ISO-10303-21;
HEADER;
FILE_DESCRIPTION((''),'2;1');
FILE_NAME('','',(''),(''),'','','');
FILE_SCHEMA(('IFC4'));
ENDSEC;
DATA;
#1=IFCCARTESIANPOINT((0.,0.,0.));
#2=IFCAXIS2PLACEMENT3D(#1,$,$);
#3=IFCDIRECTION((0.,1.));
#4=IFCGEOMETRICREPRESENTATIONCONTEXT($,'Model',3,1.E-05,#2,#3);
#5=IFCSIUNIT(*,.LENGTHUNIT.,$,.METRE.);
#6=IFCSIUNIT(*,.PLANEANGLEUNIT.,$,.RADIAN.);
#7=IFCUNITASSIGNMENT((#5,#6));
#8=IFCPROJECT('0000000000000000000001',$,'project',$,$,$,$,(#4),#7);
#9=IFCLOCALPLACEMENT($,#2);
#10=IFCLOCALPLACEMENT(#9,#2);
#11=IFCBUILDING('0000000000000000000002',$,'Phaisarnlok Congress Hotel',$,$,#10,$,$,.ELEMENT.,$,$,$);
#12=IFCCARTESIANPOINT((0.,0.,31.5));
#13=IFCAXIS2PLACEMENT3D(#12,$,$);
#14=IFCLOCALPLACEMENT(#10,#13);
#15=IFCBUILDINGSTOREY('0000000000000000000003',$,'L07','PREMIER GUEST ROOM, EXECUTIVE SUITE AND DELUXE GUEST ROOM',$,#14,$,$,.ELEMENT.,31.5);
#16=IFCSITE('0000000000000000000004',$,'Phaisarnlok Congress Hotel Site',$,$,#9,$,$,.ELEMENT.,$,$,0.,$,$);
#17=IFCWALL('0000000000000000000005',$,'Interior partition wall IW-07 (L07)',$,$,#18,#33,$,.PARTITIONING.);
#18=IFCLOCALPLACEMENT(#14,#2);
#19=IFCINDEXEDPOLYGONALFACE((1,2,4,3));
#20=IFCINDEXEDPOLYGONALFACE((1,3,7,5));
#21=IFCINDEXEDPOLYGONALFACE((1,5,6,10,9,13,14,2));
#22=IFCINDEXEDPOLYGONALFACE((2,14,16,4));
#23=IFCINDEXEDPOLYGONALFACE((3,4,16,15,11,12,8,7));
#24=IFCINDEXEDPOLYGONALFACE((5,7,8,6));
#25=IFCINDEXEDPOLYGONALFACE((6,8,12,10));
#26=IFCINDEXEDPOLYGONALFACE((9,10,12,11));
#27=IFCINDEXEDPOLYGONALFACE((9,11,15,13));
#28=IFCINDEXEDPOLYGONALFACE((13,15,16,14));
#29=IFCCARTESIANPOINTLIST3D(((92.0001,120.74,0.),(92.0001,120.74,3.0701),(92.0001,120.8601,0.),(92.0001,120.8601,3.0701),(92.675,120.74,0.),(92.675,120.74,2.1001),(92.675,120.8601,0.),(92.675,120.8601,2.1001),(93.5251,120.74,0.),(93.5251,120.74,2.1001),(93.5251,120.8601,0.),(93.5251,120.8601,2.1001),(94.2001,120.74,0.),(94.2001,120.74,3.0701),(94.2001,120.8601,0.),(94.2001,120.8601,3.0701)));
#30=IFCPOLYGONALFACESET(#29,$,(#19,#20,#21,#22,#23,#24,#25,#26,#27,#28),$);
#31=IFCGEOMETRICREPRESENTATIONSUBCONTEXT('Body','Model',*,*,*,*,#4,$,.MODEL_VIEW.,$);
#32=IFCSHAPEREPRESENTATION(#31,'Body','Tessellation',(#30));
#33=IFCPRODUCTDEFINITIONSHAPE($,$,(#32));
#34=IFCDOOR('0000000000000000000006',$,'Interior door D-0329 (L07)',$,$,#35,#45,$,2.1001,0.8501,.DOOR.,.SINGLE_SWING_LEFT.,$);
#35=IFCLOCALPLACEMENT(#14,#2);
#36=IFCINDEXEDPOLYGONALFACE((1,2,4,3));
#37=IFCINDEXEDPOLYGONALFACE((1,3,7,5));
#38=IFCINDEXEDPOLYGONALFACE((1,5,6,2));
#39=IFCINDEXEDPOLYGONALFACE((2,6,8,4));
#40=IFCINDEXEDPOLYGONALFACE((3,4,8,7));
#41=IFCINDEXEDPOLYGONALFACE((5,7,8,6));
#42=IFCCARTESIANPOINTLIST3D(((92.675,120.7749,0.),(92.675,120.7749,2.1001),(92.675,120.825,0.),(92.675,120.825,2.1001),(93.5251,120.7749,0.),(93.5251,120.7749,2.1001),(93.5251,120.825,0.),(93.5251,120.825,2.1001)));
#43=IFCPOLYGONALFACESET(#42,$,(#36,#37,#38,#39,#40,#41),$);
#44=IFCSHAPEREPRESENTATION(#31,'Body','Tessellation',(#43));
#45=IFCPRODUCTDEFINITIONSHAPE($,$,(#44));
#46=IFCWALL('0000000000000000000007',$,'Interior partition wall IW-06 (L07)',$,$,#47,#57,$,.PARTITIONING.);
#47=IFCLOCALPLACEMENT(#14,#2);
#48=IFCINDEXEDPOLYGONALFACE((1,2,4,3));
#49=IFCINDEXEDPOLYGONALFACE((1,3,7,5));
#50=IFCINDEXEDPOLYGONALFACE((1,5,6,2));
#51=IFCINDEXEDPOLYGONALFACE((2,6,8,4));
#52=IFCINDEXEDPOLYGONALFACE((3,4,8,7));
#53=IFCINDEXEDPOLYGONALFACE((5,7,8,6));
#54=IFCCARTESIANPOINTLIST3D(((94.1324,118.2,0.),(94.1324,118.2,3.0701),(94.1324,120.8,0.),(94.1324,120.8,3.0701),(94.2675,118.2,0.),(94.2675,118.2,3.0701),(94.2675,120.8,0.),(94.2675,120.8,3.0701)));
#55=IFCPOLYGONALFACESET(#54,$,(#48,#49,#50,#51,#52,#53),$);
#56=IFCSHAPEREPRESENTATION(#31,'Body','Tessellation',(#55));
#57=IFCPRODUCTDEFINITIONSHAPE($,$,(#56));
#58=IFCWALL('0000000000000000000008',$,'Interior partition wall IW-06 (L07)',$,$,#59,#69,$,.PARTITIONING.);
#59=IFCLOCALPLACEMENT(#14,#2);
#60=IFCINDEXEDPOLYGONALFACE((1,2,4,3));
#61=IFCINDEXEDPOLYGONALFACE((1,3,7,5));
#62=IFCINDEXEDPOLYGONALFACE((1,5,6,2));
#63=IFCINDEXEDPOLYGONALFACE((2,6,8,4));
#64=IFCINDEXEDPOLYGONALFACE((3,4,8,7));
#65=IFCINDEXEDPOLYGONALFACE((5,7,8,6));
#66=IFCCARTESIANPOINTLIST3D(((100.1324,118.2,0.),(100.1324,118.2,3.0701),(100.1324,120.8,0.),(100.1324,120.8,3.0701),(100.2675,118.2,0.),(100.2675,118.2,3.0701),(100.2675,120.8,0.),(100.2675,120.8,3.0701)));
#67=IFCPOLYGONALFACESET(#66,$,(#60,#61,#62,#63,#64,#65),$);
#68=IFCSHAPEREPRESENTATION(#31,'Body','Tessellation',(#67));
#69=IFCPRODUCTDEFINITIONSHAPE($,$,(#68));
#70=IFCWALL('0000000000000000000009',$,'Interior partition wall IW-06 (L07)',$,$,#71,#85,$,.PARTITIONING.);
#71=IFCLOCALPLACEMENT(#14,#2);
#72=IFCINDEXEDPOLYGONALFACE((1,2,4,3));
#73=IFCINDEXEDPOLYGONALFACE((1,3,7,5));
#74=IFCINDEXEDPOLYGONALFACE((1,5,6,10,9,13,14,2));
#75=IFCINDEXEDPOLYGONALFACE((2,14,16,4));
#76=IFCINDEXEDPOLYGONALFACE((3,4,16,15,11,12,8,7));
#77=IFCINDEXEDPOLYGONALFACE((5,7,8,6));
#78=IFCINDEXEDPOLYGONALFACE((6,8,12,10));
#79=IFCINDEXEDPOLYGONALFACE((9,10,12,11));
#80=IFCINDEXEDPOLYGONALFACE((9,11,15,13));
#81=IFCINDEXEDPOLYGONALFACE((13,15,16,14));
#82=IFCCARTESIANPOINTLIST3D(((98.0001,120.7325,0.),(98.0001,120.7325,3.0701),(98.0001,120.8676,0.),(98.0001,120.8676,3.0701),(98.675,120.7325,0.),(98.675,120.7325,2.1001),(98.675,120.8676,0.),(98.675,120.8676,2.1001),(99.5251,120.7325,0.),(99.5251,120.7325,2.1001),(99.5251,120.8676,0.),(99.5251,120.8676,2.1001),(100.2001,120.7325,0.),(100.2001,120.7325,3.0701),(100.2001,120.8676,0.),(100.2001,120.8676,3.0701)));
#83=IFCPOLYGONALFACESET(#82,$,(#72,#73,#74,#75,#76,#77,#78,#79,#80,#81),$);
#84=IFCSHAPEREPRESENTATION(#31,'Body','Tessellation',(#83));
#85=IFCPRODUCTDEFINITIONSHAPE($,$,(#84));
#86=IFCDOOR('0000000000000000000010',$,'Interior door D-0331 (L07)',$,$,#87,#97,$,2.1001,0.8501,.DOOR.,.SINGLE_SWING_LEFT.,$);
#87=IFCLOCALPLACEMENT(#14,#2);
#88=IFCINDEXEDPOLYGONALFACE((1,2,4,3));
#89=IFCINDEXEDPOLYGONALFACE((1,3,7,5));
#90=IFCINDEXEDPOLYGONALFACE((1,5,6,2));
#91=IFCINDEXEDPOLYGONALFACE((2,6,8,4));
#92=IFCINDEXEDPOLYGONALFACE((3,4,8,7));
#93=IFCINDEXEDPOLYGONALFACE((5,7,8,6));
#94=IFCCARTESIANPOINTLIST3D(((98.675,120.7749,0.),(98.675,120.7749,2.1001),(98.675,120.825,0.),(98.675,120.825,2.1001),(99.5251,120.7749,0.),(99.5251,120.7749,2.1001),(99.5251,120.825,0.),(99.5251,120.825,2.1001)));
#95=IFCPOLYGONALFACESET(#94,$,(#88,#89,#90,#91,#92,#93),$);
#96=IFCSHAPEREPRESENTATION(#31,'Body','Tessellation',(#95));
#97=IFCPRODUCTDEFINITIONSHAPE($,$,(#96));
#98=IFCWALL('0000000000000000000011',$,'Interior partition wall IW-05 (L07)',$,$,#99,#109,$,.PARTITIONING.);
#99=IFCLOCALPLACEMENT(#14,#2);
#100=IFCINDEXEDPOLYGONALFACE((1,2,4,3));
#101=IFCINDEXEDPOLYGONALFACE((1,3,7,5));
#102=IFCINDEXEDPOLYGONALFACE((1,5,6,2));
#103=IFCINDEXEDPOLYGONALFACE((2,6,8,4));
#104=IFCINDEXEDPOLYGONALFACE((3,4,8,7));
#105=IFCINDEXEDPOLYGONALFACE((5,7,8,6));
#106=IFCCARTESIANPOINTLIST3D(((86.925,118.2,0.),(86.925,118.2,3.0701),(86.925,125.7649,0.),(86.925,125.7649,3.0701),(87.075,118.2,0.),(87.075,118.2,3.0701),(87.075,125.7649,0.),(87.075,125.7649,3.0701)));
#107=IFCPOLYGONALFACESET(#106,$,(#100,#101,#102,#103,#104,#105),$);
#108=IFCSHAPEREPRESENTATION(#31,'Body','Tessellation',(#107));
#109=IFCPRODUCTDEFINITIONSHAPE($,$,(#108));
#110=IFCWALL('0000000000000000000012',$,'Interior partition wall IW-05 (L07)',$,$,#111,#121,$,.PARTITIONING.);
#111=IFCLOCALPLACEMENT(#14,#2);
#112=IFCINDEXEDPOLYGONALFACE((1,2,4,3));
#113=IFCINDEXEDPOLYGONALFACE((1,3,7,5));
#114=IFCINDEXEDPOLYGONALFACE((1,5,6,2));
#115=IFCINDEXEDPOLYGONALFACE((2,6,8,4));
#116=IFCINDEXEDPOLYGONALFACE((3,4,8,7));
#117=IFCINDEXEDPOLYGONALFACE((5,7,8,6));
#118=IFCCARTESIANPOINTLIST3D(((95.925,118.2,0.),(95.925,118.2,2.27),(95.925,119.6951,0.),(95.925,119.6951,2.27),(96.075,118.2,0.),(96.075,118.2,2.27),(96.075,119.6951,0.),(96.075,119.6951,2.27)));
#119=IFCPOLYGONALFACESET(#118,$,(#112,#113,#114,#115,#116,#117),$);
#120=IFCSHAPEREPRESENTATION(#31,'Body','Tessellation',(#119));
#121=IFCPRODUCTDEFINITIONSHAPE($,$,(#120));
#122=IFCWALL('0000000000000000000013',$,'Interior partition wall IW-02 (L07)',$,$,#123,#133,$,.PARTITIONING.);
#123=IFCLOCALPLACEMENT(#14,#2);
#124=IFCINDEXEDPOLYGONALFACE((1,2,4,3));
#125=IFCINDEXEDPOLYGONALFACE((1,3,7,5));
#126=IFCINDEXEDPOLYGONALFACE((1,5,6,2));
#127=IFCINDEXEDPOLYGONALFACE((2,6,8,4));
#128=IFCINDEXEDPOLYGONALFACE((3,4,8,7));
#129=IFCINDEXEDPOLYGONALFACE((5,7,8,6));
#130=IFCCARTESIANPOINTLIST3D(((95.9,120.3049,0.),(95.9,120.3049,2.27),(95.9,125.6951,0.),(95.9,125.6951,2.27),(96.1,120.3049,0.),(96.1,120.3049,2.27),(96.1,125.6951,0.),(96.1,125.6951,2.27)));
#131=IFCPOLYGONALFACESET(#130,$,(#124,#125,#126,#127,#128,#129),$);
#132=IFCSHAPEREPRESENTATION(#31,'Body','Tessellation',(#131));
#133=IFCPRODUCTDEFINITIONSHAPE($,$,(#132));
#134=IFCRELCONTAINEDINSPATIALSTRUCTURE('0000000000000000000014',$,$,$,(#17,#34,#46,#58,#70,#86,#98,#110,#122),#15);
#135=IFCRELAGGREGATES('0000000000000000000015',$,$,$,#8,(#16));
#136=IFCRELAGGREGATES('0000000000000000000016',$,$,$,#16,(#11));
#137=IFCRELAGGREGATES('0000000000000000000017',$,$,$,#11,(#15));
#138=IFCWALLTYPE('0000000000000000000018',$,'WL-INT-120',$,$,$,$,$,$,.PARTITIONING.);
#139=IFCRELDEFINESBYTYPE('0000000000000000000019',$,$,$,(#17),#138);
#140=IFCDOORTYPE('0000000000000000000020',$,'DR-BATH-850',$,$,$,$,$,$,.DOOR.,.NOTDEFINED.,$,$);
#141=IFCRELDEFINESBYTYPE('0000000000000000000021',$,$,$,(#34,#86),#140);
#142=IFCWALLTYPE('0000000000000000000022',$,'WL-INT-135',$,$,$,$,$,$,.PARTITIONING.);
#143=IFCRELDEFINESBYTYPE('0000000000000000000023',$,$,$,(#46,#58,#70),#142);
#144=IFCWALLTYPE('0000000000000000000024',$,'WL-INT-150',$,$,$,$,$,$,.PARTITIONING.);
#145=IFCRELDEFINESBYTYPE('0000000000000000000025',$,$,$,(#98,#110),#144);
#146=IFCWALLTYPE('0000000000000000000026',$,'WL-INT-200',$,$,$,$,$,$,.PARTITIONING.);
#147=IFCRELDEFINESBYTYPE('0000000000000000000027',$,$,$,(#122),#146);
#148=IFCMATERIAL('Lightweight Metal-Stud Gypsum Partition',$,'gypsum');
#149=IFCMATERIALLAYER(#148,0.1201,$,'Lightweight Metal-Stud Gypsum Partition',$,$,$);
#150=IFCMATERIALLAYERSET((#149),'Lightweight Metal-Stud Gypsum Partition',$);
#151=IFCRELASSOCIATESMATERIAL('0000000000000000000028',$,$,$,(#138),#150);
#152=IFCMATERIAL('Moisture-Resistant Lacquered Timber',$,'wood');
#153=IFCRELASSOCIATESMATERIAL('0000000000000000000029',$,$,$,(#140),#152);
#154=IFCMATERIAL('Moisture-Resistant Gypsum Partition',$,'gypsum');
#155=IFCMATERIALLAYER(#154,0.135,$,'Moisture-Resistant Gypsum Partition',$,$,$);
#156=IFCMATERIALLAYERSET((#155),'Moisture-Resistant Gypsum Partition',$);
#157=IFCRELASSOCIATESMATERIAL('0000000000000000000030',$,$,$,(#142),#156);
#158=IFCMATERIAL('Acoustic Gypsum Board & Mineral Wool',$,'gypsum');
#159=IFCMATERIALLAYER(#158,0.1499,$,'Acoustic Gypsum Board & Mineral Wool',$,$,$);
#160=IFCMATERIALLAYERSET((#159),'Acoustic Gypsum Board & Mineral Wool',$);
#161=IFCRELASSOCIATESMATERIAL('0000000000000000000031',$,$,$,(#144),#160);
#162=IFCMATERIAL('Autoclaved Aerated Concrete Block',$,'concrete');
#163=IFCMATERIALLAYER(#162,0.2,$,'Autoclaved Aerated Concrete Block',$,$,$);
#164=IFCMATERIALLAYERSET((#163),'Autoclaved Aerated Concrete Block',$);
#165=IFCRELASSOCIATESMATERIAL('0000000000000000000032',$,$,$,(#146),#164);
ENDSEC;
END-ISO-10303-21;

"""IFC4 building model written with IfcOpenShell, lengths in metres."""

from ifc_helpers import new_model, si_unit, direction, frame, frame_2d, origin, place, context, subcontext, project, spatial, rectangle, extrude, material, layer, layer_set, type_object, element, fill, save


model = new_model("IFC4")

# Units and contexts
model_context = context("Model", 3, precision=1e-05, world=origin(), true_north=direction((0.0, 1.0)))
body_context = subcontext(model_context, "Body", "Model", "MODEL_VIEW")
ifc_project = project(units=[si_unit("LENGTHUNIT", "METRE"), si_unit("PLANEANGLEUNIT", "RADIAN")], contexts=[model_context])

# Site, building, storey
site_placement = place(None, origin())
site = spatial("IfcSite", under=ifc_project, at=site_placement, Name="Phaisarnlok Congress Hotel Site", CompositionType="ELEMENT", RefElevation=0.0)
building_placement = place(site_placement, origin())
building = spatial("IfcBuilding", under=site, at=building_placement, Name="Phaisarnlok Congress Hotel", CompositionType="ELEMENT")
storey_placement = place(building_placement, frame((0.0, 0.0, 31.5)))
storey = spatial("IfcBuildingStorey", under=building, at=storey_placement, Name="L07", Description="PREMIER GUEST ROOM, EXECUTIVE SUITE AND DELUXE GUEST ROOM", CompositionType="ELEMENT", Elevation=31.5)

# Shared definitions
ifc_material_1 = material(Name="Lightweight Metal-Stud Gypsum Partition", Category="gypsum")
ifc_layer_1 = layer(ifc_material_1, 0.1201, Name="Lightweight Metal-Stud Gypsum Partition")
ifc_layer_set_1 = layer_set([ifc_layer_1], Name="Lightweight Metal-Stud Gypsum Partition")
wall_type_1 = type_object("IfcWallType", Name="WL-INT-120", PredefinedType="PARTITIONING", material=ifc_layer_set_1)

# Wall, opening, door
wall_1_placement = place(storey_placement, frame((92.0, 120.8, 0.0), z_axis=(0.0, 0.0, 1.0), x_axis=(1.0, 0.0, 0.0)))
wall_1 = element("IfcWall", 1, at=wall_1_placement, inside=storey, type_object=wall_type_1, Name="Interior partition wall IW-07 (L07)", PredefinedType="PARTITIONING", context=body_context, shape_type="SweptSolid", body=[
    extrude(rectangle(XDim=2.2, YDim=0.1201, at=frame_2d((1.1001, 0.0))), origin(), (0.0, 0.0, 1.0), 3.0701),
])
opening_1_placement = place(wall_1_placement, frame((0.675, 0.0, 0.0)))
opening_1 = element("IfcOpeningElement", 2, at=opening_1_placement, cuts=wall_1, PredefinedType="OPENING", context=body_context, shape_type="SweptSolid", body=[
    extrude(rectangle(XDim=0.8501, YDim=2.1001, at=frame_2d((0.425, 1.05))), frame((0.0, 0.0701, 0.0), z_axis=(0.0, -1.0, 0.0), x_axis=(1.0, 0.0, 0.0)), (0.0, 0.0, 1.0), 0.1401),
])
ifc_material_2 = material(Name="Moisture-Resistant Lacquered Timber", Category="wood")
door_type = type_object("IfcDoorType", Name="DR-BATH-850", OperationType="NOTDEFINED", PredefinedType="DOOR", material=ifc_material_2)
door_1_placement = place(opening_1_placement, origin())
door_1 = element("IfcDoor", 3, at=door_1_placement, inside=storey, type_object=door_type, Name="Interior door D-0329 (L07)", OperationType="SINGLE_SWING_LEFT", OverallHeight=2.1001, OverallWidth=0.8501, PredefinedType="DOOR", context=body_context, shape_type="SweptSolid", body=[
    extrude(rectangle(XDim=0.8501, YDim=2.1001, at=frame_2d((0.425, 1.05))), frame((0.0, 0.0249, 0.0), z_axis=(0.0, -1.0, 0.0), x_axis=(1.0, 0.0, 0.0)), (0.0, 0.0, 1.0), 0.05),
])
fill(opening_1, door_1)

# Walls
ifc_material_3 = material(Name="Moisture-Resistant Gypsum Partition", Category="gypsum")
ifc_layer_2 = layer(ifc_material_3, 0.135, Name="Moisture-Resistant Gypsum Partition")
ifc_layer_set_2 = layer_set([ifc_layer_2], Name="Moisture-Resistant Gypsum Partition")
wall_type_2 = type_object("IfcWallType", Name="WL-INT-135", PredefinedType="PARTITIONING", material=ifc_layer_set_2)
for number, where, z_axis, x_axis, name in (
    (4, (94.2, 118.2, 0.0), (0.0, 0.0, 1.0), (0.0, 1.0, 0.0), "Interior partition wall IW-06 (L07)"),
    (5, (100.2, 118.2, 0.0), (0.0, 0.0, 1.0), (0.0, 1.0, 0.0), "Interior partition wall IW-06 (L07)"),
):
    element("IfcWall", number, at=place(storey_placement, frame(where, z_axis=z_axis, x_axis=x_axis)), inside=storey, type_object=wall_type_2, Name=name, PredefinedType="PARTITIONING", context=body_context, shape_type="SweptSolid", body=[
        extrude(rectangle(XDim=2.6001, YDim=0.135, at=frame_2d((1.3, 0.0))), origin(), (0.0, 0.0, 1.0), 3.0701),
    ])

# Wall, opening, door
wall_2_placement = place(storey_placement, frame((98.0, 120.8, 0.0), z_axis=(0.0, 0.0, 1.0), x_axis=(1.0, 0.0, 0.0)))
wall_2 = element("IfcWall", 6, at=wall_2_placement, inside=storey, type_object=wall_type_2, Name="Interior partition wall IW-06 (L07)", PredefinedType="PARTITIONING", context=body_context, shape_type="SweptSolid", body=[
    extrude(rectangle(XDim=2.2, YDim=0.135, at=frame_2d((1.1001, 0.0))), origin(), (0.0, 0.0, 1.0), 3.0701),
])
opening_2_placement = place(wall_2_placement, frame((0.675, 0.0, 0.0)))
opening_2 = element("IfcOpeningElement", 7, at=opening_2_placement, cuts=wall_2, PredefinedType="OPENING", context=body_context, shape_type="SweptSolid", body=[
    extrude(rectangle(XDim=0.8501, YDim=2.1001, at=frame_2d((0.425, 1.05))), frame((0.0, 0.0776, 0.0), z_axis=(0.0, -1.0, 0.0), x_axis=(1.0, 0.0, 0.0)), (0.0, 0.0, 1.0), 0.155),
])
door_2_placement = place(opening_2_placement, origin())
door_2 = element("IfcDoor", 8, at=door_2_placement, inside=storey, type_object=door_type, Name="Interior door D-0331 (L07)", OperationType="SINGLE_SWING_LEFT", OverallHeight=2.1001, OverallWidth=0.8501, PredefinedType="DOOR", context=body_context, shape_type="SweptSolid", body=[
    extrude(rectangle(XDim=0.8501, YDim=2.1001, at=frame_2d((0.425, 1.05))), frame((0.0, 0.0249, 0.0), z_axis=(0.0, -1.0, 0.0), x_axis=(1.0, 0.0, 0.0)), (0.0, 0.0, 1.0), 0.05),
])
fill(opening_2, door_2)

# Walls
ifc_material_4 = material(Name="Acoustic Gypsum Board & Mineral Wool", Category="gypsum")
ifc_layer_3 = layer(ifc_material_4, 0.1499, Name="Acoustic Gypsum Board & Mineral Wool")
ifc_layer_set_3 = layer_set([ifc_layer_3], Name="Acoustic Gypsum Board & Mineral Wool")
wall_type_3 = type_object("IfcWallType", Name="WL-INT-150", PredefinedType="PARTITIONING", material=ifc_layer_set_3)
wall_3_placement = place(storey_placement, frame((87.0, 118.2, 0.0), z_axis=(0.0, 0.0, 1.0), x_axis=(0.0, 1.0, 0.0)))
element("IfcWall", 9, at=wall_3_placement, inside=storey, type_object=wall_type_3, Name="Interior partition wall IW-05 (L07)", PredefinedType="PARTITIONING", context=body_context, shape_type="SweptSolid", body=[
    extrude(rectangle(XDim=7.5649, YDim=0.1499, at=frame_2d((3.7825, 0.0))), origin(), (0.0, 0.0, 1.0), 3.0701),
])
wall_4_placement = place(storey_placement, frame((96.0, 118.2, 0.0), z_axis=(0.0, 0.0, 1.0), x_axis=(0.0, 1.0, 0.0)))
element("IfcWall", 10, at=wall_4_placement, inside=storey, type_object=wall_type_3, Name="Interior partition wall IW-05 (L07)", PredefinedType="PARTITIONING", context=body_context, shape_type="SweptSolid", body=[
    extrude(rectangle(XDim=1.4951, YDim=0.1499, at=frame_2d((0.7476, 0.0))), origin(), (0.0, 0.0, 1.0), 2.27),
])
ifc_material_5 = material(Name="Autoclaved Aerated Concrete Block", Category="concrete")
ifc_layer_4 = layer(ifc_material_5, 0.2, Name="Autoclaved Aerated Concrete Block")
ifc_layer_set_4 = layer_set([ifc_layer_4], Name="Autoclaved Aerated Concrete Block")
wall_type_4 = type_object("IfcWallType", Name="WL-INT-200", PredefinedType="PARTITIONING", material=ifc_layer_set_4)
wall_5_placement = place(storey_placement, frame((96.0, 120.3049, 0.0), z_axis=(0.0, 0.0, 1.0), x_axis=(0.0, 1.0, 0.0)))
element("IfcWall", 11, at=wall_5_placement, inside=storey, type_object=wall_type_4, Name="Interior partition wall IW-02 (L07)", PredefinedType="PARTITIONING", context=body_context, shape_type="SweptSolid", body=[
    extrude(rectangle(XDim=5.3901, YDim=0.2, at=frame_2d((2.6951, 0.0))), origin(), (0.0, 0.0, 1.0), 2.27),
])

save(model, "model.ifc")
